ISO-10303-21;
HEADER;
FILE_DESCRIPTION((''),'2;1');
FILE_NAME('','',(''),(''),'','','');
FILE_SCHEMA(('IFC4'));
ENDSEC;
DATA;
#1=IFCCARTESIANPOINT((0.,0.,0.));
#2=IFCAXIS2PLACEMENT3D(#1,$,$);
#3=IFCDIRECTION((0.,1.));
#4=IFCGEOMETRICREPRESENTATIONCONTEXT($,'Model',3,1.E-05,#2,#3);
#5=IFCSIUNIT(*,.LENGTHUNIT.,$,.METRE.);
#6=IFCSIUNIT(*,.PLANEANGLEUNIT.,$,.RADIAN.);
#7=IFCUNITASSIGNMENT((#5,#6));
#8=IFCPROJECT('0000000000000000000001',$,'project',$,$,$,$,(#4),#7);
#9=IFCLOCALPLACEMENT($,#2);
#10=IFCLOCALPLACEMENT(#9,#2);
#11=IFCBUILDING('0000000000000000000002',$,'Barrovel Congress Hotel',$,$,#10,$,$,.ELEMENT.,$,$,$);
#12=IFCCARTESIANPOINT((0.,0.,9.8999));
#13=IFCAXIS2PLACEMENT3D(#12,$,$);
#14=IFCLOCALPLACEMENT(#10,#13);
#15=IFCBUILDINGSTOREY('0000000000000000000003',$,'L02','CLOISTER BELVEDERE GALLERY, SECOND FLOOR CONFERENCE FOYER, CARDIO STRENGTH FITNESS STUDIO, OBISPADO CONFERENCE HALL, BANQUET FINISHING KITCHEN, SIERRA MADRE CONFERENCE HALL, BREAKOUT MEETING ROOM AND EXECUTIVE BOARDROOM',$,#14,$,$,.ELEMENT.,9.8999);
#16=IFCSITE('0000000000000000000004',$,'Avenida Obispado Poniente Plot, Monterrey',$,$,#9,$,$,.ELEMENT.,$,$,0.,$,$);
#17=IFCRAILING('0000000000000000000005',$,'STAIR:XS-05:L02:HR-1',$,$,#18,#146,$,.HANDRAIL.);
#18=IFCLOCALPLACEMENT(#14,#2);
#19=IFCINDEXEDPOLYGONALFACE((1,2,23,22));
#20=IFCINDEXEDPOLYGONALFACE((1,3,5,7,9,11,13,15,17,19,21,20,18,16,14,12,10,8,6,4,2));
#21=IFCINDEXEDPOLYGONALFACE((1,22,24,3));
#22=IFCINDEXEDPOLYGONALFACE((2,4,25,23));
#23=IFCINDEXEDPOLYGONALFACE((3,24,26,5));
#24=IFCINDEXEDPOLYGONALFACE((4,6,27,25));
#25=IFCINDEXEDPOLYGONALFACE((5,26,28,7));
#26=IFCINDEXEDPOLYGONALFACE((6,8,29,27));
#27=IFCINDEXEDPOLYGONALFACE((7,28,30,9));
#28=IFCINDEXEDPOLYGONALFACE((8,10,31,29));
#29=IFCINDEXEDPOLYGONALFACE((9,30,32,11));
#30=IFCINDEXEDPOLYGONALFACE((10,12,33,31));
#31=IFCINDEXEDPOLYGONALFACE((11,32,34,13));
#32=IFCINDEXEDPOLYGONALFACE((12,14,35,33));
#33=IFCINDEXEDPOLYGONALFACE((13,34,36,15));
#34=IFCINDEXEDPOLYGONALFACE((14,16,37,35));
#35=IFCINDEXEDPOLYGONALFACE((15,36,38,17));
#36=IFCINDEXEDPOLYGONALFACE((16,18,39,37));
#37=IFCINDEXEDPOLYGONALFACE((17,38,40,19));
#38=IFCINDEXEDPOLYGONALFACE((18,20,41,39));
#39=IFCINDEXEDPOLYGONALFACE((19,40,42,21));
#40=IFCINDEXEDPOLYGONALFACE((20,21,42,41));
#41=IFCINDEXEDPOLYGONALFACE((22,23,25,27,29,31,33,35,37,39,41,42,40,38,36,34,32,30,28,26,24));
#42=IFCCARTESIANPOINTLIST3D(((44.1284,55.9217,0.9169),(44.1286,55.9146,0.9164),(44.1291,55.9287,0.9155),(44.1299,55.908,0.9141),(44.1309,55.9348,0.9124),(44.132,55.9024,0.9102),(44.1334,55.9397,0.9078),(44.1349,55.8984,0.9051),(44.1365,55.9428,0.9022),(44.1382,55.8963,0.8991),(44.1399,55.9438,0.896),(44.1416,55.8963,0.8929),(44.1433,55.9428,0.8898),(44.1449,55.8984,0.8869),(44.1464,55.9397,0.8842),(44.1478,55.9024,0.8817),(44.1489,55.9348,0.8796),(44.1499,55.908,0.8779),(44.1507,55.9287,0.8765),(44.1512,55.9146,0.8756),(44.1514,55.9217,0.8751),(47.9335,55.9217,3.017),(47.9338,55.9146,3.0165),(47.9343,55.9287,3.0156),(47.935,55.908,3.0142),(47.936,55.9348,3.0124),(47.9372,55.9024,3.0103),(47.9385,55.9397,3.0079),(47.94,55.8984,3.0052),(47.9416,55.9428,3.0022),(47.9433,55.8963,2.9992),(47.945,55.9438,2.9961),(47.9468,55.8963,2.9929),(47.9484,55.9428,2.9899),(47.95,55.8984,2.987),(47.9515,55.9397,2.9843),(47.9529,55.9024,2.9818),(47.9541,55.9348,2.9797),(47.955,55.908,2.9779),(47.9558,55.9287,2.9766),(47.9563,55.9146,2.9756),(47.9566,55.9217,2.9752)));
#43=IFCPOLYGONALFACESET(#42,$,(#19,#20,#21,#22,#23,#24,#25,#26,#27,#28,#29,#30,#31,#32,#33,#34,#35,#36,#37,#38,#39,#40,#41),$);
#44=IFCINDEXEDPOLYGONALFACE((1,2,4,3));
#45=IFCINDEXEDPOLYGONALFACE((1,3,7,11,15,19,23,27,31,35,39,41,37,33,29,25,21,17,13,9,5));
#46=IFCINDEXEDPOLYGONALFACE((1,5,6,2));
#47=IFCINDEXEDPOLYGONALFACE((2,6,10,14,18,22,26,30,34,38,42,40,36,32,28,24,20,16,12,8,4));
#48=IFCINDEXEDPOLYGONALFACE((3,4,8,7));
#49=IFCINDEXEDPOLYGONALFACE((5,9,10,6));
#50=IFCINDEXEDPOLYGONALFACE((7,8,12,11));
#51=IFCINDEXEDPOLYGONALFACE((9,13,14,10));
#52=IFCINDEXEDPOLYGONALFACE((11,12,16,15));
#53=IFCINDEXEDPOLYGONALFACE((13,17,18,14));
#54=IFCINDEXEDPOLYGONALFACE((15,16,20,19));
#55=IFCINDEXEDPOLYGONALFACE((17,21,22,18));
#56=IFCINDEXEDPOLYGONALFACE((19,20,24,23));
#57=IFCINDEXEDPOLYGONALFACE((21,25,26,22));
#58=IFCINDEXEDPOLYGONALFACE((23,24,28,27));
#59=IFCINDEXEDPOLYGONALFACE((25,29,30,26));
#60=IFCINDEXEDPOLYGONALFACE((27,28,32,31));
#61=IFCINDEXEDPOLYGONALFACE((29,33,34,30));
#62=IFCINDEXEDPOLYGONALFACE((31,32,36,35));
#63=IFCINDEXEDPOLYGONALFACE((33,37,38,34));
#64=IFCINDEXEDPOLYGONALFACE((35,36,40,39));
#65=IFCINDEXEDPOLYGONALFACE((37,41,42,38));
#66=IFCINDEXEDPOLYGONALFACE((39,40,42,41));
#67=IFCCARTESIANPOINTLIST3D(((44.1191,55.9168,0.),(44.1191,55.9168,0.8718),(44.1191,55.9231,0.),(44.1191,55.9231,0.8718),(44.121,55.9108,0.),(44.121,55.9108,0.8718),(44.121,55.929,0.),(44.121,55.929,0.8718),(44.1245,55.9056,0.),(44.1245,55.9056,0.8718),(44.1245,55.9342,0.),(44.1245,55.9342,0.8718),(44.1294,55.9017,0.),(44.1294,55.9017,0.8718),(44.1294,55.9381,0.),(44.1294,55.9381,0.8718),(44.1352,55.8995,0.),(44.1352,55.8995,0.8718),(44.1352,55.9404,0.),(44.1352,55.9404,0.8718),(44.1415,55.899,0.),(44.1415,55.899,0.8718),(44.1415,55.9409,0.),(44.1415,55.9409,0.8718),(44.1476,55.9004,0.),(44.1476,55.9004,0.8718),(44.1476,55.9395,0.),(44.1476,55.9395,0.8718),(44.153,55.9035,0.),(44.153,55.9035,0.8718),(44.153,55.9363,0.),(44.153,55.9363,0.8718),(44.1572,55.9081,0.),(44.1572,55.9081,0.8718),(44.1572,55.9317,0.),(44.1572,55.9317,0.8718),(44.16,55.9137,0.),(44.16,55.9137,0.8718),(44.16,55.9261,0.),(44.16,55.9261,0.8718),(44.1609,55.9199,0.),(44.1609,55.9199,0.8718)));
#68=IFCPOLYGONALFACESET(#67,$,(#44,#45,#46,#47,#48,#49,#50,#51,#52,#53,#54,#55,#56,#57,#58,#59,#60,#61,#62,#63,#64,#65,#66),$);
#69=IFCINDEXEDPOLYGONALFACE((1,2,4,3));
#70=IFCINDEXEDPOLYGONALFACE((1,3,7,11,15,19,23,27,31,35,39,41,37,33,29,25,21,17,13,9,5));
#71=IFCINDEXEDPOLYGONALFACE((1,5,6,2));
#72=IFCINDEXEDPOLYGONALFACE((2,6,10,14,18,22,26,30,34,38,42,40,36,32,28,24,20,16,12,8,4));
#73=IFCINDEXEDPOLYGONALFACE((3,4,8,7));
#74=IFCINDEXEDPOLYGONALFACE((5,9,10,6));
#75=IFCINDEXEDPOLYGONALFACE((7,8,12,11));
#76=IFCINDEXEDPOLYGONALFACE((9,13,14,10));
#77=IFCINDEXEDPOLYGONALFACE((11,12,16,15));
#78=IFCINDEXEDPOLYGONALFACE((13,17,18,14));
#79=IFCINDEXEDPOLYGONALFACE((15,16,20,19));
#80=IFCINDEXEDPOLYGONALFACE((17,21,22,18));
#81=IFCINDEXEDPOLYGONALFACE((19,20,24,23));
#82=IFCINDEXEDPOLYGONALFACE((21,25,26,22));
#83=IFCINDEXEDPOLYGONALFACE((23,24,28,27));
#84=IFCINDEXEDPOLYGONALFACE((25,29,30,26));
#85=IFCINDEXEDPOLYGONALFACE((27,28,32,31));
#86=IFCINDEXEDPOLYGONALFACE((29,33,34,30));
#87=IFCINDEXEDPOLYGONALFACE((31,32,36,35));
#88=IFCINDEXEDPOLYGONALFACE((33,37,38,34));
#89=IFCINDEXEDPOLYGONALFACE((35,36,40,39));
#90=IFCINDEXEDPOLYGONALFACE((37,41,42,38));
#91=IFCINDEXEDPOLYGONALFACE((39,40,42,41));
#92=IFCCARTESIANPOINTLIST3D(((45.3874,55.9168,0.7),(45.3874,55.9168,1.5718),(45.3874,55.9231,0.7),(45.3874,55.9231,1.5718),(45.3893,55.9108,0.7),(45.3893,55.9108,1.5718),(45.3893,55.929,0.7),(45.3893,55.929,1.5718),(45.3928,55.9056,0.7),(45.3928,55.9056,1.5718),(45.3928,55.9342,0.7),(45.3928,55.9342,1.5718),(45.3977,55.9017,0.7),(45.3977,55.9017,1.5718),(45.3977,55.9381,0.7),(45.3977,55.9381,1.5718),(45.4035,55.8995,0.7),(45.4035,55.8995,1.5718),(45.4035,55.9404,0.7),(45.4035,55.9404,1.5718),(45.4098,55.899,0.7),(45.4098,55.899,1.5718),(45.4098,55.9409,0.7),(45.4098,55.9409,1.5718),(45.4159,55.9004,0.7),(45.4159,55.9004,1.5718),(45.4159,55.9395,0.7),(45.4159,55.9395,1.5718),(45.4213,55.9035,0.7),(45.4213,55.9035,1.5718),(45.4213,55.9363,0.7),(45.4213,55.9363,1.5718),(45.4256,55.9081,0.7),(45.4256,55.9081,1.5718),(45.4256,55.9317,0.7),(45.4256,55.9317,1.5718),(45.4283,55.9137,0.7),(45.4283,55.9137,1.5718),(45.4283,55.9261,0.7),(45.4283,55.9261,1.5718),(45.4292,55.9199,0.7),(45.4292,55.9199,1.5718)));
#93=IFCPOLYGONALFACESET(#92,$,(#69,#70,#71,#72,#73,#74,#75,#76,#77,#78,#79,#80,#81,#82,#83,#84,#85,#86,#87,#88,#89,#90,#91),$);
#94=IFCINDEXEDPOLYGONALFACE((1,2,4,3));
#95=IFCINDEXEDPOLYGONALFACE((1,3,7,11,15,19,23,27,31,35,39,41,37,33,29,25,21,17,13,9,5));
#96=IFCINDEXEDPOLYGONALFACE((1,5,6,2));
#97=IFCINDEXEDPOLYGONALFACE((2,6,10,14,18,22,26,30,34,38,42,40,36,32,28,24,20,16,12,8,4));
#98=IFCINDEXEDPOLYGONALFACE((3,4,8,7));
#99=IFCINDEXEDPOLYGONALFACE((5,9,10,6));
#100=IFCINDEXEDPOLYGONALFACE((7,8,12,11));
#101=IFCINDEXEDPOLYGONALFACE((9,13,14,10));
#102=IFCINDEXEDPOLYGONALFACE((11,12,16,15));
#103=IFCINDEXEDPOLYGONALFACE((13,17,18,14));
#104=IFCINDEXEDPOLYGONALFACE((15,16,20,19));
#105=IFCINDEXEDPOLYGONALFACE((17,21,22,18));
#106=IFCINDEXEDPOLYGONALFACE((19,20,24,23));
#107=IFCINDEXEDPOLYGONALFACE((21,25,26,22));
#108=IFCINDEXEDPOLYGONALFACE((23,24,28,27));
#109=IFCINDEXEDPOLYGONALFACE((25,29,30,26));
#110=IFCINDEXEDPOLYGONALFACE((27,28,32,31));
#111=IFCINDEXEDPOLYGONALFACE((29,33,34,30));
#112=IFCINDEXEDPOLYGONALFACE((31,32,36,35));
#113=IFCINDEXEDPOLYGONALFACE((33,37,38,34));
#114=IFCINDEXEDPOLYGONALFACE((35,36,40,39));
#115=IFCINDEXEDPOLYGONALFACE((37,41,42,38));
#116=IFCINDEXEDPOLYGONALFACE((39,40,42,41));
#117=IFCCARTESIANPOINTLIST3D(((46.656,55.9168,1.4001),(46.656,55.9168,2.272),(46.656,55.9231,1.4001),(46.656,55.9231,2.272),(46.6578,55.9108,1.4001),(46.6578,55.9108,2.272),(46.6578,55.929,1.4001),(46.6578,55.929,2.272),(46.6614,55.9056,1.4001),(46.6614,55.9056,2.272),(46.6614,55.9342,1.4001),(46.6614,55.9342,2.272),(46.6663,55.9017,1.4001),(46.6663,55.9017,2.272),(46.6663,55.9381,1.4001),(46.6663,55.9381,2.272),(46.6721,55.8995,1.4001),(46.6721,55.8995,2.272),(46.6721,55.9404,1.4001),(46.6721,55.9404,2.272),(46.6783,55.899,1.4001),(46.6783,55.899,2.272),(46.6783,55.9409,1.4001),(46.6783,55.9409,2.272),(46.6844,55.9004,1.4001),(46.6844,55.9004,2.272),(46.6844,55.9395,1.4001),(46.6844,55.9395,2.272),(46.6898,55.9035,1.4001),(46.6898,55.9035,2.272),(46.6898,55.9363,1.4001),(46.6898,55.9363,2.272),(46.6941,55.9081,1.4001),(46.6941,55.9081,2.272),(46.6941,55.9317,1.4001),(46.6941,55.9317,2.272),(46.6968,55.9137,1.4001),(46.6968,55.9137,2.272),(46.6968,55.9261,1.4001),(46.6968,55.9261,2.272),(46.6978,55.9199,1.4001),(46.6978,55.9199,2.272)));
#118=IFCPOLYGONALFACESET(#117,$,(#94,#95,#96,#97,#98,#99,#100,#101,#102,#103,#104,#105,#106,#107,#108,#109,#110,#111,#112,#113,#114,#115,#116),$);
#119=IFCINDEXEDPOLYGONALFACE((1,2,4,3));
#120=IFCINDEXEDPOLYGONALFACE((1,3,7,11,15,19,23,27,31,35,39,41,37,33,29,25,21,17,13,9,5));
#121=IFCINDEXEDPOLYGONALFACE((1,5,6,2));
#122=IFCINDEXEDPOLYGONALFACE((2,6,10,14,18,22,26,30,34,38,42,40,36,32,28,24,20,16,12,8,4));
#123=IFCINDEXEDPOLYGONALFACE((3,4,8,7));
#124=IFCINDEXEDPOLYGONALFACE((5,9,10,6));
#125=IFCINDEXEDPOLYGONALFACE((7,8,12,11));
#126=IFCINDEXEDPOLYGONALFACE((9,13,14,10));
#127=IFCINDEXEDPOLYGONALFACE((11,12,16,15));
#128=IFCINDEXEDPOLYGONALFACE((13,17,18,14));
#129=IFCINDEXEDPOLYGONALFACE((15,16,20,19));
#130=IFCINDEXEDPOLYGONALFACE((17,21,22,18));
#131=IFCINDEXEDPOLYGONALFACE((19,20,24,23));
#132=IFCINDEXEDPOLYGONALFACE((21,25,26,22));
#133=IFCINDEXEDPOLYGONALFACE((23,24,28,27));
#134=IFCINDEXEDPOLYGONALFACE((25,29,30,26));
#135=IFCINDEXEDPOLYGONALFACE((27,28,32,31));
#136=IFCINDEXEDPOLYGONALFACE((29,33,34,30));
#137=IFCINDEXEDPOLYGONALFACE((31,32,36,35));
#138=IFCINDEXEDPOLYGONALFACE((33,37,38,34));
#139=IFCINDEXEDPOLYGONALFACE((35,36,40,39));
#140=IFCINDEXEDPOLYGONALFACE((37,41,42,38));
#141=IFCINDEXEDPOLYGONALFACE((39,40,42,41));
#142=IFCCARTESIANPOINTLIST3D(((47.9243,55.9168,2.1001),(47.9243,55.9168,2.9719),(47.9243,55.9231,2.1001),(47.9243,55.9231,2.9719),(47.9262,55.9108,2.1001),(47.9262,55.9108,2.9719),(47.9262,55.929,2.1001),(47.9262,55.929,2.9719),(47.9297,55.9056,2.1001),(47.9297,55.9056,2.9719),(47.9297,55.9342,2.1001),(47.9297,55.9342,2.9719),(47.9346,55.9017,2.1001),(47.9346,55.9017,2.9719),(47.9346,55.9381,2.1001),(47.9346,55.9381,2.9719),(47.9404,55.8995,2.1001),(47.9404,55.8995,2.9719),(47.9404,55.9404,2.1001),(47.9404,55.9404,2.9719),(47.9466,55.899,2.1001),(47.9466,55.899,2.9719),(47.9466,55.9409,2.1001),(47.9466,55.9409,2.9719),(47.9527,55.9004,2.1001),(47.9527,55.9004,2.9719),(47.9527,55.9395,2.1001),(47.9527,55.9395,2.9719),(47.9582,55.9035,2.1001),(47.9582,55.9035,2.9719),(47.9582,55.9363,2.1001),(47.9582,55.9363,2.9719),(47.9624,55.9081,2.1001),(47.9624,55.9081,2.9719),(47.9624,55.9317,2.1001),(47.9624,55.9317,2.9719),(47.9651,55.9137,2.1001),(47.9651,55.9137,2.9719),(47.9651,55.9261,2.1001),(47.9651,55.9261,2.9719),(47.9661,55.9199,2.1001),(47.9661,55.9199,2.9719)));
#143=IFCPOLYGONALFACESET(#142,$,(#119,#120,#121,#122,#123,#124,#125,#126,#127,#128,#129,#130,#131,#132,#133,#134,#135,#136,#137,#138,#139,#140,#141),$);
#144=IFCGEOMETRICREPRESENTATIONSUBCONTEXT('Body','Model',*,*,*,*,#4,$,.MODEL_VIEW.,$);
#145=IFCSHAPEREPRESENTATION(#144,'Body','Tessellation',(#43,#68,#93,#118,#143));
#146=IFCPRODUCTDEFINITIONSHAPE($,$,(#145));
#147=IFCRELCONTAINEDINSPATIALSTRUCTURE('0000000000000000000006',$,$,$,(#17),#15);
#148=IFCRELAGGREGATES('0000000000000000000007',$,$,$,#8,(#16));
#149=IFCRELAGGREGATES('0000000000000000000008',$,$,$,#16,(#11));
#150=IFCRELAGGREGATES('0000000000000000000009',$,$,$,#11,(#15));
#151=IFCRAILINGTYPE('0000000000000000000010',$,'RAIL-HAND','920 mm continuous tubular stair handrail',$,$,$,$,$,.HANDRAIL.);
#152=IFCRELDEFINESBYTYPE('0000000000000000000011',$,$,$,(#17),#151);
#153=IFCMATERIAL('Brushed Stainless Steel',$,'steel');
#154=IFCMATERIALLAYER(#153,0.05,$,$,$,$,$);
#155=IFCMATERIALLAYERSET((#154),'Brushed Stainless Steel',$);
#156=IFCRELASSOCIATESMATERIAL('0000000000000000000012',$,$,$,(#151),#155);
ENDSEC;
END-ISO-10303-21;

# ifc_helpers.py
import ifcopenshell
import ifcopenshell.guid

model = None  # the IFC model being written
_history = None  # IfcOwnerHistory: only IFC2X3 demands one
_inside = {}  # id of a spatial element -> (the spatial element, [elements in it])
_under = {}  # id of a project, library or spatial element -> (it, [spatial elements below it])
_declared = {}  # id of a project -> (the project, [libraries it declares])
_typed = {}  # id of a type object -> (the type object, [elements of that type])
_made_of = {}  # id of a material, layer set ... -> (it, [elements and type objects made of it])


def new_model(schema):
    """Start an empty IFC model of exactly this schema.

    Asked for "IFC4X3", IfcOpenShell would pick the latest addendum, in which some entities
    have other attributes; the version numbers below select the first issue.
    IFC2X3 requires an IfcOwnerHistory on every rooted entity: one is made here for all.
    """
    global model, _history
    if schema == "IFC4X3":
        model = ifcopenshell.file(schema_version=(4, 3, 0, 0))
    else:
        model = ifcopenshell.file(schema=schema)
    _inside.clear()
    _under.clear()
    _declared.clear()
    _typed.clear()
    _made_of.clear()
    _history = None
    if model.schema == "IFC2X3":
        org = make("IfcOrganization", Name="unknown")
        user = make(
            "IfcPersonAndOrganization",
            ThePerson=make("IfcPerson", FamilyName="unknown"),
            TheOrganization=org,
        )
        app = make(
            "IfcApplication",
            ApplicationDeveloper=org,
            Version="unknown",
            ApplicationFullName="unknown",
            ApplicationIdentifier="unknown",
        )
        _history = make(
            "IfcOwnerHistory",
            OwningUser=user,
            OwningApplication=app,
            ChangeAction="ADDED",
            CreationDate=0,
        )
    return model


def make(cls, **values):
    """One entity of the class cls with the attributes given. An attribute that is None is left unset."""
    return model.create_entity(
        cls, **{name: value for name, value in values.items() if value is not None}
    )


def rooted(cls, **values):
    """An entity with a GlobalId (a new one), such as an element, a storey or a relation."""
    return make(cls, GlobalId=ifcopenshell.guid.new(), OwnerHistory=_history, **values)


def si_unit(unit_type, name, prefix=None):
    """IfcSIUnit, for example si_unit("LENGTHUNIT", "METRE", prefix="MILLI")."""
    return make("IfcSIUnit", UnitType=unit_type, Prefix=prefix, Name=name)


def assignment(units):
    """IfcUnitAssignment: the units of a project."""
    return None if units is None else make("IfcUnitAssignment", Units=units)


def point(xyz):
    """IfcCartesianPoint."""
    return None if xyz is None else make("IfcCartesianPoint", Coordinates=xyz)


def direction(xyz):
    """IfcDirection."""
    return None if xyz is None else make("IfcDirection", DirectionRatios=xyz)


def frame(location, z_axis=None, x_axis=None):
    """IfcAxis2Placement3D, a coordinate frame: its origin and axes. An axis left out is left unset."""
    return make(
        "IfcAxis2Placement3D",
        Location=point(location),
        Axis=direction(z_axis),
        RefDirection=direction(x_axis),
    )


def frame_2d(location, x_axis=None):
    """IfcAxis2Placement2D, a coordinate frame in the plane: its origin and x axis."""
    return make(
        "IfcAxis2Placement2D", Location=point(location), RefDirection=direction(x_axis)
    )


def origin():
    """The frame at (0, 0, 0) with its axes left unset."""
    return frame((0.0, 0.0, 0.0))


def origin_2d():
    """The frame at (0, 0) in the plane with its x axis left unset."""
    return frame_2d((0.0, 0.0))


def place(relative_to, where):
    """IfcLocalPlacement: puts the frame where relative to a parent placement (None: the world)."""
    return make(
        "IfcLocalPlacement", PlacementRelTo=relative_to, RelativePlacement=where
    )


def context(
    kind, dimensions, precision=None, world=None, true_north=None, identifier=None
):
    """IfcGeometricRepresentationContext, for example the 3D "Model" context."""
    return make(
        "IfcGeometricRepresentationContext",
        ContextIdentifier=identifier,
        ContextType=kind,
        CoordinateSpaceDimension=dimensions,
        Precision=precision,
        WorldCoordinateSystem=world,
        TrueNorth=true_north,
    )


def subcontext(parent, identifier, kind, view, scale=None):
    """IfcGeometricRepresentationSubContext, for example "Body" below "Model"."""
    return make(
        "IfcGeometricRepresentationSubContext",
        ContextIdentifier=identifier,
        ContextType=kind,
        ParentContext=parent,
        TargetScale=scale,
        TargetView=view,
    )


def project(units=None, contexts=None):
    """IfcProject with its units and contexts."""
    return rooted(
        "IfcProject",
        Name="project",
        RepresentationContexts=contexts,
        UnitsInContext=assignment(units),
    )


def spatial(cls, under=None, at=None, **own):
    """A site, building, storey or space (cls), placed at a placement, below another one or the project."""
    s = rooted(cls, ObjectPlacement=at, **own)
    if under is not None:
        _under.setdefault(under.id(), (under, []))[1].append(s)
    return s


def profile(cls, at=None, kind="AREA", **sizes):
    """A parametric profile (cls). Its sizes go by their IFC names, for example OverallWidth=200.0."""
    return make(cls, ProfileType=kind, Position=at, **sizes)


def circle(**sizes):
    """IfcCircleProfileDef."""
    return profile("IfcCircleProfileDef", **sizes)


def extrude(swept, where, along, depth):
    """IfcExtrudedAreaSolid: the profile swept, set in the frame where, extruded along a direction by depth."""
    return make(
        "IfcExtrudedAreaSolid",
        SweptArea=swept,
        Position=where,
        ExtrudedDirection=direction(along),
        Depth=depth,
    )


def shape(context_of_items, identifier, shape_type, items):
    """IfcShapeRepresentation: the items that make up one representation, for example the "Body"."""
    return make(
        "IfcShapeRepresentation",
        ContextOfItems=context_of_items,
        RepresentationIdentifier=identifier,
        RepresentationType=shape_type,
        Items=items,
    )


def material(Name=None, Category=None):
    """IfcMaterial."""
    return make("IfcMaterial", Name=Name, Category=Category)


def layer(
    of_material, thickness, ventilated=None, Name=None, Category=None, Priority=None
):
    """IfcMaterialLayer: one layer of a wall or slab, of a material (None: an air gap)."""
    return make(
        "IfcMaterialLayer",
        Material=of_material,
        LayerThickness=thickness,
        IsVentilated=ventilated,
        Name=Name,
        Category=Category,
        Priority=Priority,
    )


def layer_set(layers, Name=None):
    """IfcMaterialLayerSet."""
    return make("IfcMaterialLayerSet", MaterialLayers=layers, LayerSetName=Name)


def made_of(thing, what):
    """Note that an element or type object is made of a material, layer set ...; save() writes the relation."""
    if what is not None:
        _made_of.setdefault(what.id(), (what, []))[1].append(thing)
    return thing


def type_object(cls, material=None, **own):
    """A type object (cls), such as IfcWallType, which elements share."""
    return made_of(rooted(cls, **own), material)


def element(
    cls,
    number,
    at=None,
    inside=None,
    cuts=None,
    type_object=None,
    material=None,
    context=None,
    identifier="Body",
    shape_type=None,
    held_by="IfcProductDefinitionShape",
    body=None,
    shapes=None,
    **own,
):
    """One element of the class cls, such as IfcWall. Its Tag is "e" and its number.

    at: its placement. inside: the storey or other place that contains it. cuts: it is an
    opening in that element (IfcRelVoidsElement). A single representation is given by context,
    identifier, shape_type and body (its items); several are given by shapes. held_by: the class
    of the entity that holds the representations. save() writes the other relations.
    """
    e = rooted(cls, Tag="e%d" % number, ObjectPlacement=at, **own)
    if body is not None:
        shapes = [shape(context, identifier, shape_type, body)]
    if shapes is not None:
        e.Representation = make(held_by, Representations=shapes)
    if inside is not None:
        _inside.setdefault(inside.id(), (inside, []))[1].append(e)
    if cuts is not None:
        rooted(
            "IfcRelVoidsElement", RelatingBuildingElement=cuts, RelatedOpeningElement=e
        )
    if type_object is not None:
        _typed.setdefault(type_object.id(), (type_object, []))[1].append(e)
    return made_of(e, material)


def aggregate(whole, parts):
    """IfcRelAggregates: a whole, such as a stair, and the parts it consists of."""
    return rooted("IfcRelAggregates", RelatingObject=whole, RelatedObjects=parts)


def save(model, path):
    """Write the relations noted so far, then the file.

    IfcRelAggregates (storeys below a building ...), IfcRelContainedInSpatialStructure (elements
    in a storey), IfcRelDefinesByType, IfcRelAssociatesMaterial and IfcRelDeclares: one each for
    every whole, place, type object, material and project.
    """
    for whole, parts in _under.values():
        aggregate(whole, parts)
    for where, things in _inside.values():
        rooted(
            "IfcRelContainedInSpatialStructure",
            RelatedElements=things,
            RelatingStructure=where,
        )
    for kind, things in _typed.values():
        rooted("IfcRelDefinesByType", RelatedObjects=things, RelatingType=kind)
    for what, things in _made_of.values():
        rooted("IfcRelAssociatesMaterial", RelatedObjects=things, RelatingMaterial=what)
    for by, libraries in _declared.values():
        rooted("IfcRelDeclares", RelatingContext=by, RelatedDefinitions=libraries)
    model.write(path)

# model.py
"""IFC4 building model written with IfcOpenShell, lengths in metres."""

from ifc_helpers import new_model, si_unit, direction, frame, origin, origin_2d, place, context, subcontext, project, spatial, circle, extrude, material, layer, layer_set, type_object, element, save


model = new_model("IFC4")

# Units and contexts
model_context = context("Model", 3, precision=1e-05, world=origin(), true_north=direction((0.0, 1.0)))
body_context = subcontext(model_context, "Body", "Model", "MODEL_VIEW")
ifc_project = project(units=[si_unit("LENGTHUNIT", "METRE"), si_unit("PLANEANGLEUNIT", "RADIAN")], contexts=[model_context])

# Site, building, storey
site_placement = place(None, origin())
site = spatial("IfcSite", under=ifc_project, at=site_placement, Name="Avenida Obispado Poniente Plot, Monterrey", CompositionType="ELEMENT", RefElevation=0.0)
building_placement = place(site_placement, origin())
building = spatial("IfcBuilding", under=site, at=building_placement, Name="Barrovel Congress Hotel", CompositionType="ELEMENT")
storey_placement = place(building_placement, frame((0.0, 0.0, 9.8999)))
storey = spatial("IfcBuildingStorey", under=building, at=storey_placement, Name="L02", Description="CLOISTER BELVEDERE GALLERY, SECOND FLOOR CONFERENCE FOYER, CARDIO STRENGTH FITNESS STUDIO, OBISPADO CONFERENCE HALL, BANQUET FINISHING KITCHEN, SIERRA MADRE CONFERENCE HALL, BREAKOUT MEETING ROOM AND EXECUTIVE BOARDROOM", CompositionType="ELEMENT", Elevation=9.8999)

# Shared definitions
ifc_material_1 = material(Name="Brushed Stainless Steel", Category="steel")

# Railing
ifc_layer_1 = layer(ifc_material_1, 0.05)
ifc_layer_set_1 = layer_set([ifc_layer_1], Name="Brushed Stainless Steel")
railing_type_1 = type_object("IfcRailingType", Name="RAIL-HAND", Description="920 mm continuous tubular stair handrail", PredefinedType="HANDRAIL", material=ifc_layer_set_1)
railing_1_placement = place(storey_placement, frame((44.1399, 55.9199, 0.0)))
element("IfcRailing", 1, at=railing_1_placement, inside=storey, type_object=railing_type_1, Name="STAIR:XS-05:L02:HR-1", PredefinedType="HANDRAIL", context=body_context, shape_type="SweptSolid", body=[
    extrude(circle(Radius=0.0239, at=origin_2d()), frame((0.0, 0.0, 0.896), z_axis=(0.87551, 0.0, 0.483199), x_axis=(0.0, 1.0, 0.0)), (0.0, 0.0, 1.0), 4.3462),
    extrude(circle(Radius=0.021, at=origin_2d()), origin(), (0.0, 0.0, 1.0), 0.8718),
    extrude(circle(Radius=0.021, at=origin_2d()), frame((1.2683, 0.0, 0.7)), (0.0, 0.0, 1.0), 0.8718),
    extrude(circle(Radius=0.021, at=origin_2d()), frame((2.5369, 0.0, 1.4001)), (0.0, 0.0, 1.0), 0.8718),
    extrude(circle(Radius=0.021, at=origin_2d()), frame((3.8052, 0.0, 2.1001)), (0.0, 0.0, 1.0), 0.8718),
])

save(model, "model.ifc")
